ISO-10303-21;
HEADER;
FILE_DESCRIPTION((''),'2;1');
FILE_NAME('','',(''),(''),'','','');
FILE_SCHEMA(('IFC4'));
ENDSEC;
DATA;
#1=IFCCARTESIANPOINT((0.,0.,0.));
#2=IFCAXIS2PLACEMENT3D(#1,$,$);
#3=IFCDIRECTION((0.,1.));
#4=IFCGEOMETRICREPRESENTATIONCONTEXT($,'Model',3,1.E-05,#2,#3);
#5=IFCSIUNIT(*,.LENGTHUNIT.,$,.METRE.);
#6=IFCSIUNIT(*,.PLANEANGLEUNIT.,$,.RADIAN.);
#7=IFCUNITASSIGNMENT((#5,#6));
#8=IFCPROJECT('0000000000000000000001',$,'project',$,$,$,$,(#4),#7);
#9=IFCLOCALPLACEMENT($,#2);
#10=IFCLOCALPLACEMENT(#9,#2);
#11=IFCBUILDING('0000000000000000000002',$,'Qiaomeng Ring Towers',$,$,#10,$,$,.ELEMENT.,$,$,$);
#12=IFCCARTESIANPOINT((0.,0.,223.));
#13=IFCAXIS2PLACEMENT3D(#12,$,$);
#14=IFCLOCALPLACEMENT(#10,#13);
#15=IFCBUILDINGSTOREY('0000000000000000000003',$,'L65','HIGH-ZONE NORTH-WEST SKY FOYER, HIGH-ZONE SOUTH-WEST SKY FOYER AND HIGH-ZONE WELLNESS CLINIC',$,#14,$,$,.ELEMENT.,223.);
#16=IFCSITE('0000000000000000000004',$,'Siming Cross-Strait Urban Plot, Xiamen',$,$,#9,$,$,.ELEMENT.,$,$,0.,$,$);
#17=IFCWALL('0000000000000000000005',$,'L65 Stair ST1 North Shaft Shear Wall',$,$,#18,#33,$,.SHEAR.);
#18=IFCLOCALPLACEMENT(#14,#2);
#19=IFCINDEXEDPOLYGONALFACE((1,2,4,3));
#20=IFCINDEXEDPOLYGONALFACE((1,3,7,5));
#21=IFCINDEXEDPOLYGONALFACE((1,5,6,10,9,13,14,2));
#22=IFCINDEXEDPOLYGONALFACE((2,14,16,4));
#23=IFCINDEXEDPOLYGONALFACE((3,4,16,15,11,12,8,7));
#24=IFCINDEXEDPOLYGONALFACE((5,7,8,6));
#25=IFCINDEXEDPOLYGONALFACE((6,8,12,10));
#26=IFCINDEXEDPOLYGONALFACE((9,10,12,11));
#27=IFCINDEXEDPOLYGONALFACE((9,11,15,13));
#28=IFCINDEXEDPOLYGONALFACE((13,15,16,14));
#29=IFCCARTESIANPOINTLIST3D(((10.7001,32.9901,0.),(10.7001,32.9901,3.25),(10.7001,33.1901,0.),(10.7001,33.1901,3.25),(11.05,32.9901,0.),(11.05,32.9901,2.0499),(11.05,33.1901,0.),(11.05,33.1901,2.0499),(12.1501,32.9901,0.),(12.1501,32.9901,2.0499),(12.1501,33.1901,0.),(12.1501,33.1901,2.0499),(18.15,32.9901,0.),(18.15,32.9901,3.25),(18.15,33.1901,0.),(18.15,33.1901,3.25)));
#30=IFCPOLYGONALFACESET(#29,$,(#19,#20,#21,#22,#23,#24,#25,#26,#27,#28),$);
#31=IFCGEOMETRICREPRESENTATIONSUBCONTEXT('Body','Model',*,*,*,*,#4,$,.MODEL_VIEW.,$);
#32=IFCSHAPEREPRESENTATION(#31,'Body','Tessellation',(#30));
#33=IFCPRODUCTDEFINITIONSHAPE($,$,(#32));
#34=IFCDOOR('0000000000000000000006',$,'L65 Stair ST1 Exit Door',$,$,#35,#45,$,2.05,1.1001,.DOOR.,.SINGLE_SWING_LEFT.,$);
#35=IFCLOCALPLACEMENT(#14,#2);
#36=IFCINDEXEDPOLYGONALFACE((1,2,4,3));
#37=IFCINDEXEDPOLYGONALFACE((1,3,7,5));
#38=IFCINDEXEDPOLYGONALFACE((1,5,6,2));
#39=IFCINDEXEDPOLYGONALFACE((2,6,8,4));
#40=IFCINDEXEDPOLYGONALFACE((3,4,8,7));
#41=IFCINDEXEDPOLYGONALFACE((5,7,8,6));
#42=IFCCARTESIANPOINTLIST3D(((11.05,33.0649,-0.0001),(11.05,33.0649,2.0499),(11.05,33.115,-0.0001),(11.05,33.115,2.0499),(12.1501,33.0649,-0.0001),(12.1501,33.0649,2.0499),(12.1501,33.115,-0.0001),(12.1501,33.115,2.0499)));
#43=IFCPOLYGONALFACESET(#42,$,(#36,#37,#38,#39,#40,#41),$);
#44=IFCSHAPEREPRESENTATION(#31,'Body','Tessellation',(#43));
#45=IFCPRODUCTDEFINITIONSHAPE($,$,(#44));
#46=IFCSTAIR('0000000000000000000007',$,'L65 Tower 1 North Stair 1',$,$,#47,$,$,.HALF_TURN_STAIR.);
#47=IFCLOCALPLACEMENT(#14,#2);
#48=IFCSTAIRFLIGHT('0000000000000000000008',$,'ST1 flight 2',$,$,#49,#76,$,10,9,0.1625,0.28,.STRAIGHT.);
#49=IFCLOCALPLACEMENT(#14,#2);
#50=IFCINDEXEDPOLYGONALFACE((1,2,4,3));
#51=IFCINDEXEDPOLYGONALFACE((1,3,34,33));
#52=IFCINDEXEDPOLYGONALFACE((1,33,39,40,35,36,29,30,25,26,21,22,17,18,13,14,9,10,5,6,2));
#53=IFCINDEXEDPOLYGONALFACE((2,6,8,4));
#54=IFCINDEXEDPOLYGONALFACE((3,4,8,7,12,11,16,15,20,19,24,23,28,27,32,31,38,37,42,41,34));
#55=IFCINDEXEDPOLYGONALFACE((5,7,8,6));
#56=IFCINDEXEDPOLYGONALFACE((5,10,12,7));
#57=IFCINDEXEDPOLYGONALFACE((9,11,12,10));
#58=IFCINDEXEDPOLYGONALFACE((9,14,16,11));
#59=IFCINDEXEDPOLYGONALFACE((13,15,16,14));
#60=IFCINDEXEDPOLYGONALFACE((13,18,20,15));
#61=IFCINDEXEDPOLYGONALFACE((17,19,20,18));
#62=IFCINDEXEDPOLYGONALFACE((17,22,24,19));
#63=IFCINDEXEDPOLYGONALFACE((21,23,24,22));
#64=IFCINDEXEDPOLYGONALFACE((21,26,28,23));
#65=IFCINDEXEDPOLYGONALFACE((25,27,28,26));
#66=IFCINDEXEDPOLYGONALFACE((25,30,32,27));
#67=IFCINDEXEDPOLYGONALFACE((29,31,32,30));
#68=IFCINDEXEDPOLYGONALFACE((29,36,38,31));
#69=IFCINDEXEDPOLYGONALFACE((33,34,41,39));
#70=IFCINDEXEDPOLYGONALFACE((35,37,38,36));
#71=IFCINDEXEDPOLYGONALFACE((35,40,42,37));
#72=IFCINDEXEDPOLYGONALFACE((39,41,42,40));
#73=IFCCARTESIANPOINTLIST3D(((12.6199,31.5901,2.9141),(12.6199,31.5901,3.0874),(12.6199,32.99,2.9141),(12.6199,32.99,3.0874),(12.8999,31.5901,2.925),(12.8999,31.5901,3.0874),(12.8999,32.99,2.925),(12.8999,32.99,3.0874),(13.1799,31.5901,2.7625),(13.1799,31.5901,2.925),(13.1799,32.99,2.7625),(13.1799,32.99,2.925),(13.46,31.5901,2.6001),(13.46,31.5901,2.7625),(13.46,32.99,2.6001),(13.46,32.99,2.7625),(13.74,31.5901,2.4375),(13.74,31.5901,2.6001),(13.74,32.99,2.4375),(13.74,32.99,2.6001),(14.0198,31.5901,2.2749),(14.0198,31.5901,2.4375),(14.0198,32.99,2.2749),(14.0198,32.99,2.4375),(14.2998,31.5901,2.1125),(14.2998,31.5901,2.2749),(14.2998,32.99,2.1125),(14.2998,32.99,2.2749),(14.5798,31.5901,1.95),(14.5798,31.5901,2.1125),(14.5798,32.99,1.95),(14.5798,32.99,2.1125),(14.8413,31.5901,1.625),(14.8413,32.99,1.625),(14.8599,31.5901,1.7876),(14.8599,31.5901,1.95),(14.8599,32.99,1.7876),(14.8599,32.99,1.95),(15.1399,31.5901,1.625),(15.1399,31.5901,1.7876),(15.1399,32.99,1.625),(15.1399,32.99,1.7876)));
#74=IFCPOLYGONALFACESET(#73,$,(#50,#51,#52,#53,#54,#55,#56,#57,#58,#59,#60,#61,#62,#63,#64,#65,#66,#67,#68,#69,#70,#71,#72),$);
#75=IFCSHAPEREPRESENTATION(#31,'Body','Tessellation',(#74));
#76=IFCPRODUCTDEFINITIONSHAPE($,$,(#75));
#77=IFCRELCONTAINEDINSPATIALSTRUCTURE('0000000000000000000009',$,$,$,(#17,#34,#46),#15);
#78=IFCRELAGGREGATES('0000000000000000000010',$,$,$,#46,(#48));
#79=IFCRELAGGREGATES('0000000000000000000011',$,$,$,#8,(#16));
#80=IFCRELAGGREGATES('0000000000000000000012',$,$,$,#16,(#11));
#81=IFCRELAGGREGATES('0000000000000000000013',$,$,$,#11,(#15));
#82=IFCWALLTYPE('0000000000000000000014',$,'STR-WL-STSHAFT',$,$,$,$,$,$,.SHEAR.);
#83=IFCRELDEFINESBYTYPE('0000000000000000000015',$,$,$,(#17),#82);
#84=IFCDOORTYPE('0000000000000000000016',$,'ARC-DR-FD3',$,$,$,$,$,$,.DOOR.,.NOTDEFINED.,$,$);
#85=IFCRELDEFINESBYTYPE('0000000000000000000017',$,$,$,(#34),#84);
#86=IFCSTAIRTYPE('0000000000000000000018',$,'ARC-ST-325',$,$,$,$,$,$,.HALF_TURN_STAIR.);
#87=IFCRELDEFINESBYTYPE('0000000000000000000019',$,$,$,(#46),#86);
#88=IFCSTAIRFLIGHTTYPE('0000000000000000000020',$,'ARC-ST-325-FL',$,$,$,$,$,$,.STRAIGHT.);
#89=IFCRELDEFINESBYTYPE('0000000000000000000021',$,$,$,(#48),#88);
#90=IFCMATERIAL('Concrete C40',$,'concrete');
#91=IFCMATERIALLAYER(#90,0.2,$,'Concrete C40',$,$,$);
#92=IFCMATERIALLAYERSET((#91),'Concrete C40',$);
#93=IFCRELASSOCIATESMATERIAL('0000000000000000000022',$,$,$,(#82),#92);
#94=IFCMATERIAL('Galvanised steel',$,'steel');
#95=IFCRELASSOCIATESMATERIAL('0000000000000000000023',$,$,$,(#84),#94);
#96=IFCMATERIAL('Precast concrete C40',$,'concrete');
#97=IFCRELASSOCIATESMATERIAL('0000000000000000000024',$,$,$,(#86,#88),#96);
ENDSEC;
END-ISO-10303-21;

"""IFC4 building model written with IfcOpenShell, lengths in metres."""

from ifc_helpers import new_model, si_unit, direction, frame, frame_2d, origin, place, context, subcontext, project, spatial, polyline, rectangle, outline, extrude, source, transform, mapped, material, layer, layer_set, type_object, element, fill, aggregate, save


model = new_model("IFC4")

# Units and contexts
model_context = context("Model", 3, precision=1e-05, world=origin(), true_north=direction((0.0, 1.0)))
body_context = subcontext(model_context, "Body", "Model", "MODEL_VIEW")
ifc_project = project(units=[si_unit("LENGTHUNIT", "METRE"), si_unit("PLANEANGLEUNIT", "RADIAN")], contexts=[model_context])

# Site, building, storey
site_placement = place(None, origin())
site = spatial("IfcSite", under=ifc_project, at=site_placement, Name="Siming Cross-Strait Urban Plot, Xiamen", CompositionType="ELEMENT", RefElevation=0.0)
building_placement = place(site_placement, origin())
building = spatial("IfcBuilding", under=site, at=building_placement, Name="Qiaomeng Ring Towers", CompositionType="ELEMENT")
storey_placement = place(building_placement, frame((0.0, 0.0, 223.0)))
storey = spatial("IfcBuildingStorey", under=building, at=storey_placement, Name="L65", Description="HIGH-ZONE NORTH-WEST SKY FOYER, HIGH-ZONE SOUTH-WEST SKY FOYER AND HIGH-ZONE WELLNESS CLINIC", CompositionType="ELEMENT", Elevation=223.0)

# Shared definitions
ifc_material_1 = material(Name="Concrete C40", Category="concrete")
ifc_layer_1 = layer(ifc_material_1, 0.2, Name="Concrete C40")
ifc_layer_set_1 = layer_set([ifc_layer_1], Name="Concrete C40")
wall_type_1 = type_object("IfcWallType", Name="STR-WL-STSHAFT", PredefinedType="SHEAR", material=ifc_layer_set_1)

# Wall, opening, door
wall_1_placement = place(storey_placement, frame((10.7, 33.0901, 0.0), z_axis=(0.0, 0.0, 1.0), x_axis=(1.0, 0.0, 0.0)))
wall_1 = element("IfcWall", 1, at=wall_1_placement, inside=storey, type_object=wall_type_1, Name="L65 Stair ST1 North Shaft Shear Wall", PredefinedType="SHEAR", context=body_context, shape_type="SweptSolid", body=[
    extrude(rectangle(XDim=7.45, YDim=0.2, at=frame_2d((3.7251, 0.0))), origin(), (0.0, 0.0, 1.0), 3.25),
])
opening_placement = place(wall_1_placement, frame((0.3501, 0.0, 0.0)))
opening = element("IfcOpeningElement", 2, at=opening_placement, cuts=wall_1, PredefinedType="OPENING", context=body_context, shape_type="SweptSolid", body=[
    extrude(rectangle(XDim=1.1001, YDim=2.05, at=frame_2d((0.55, 1.0249))), frame((0.0, 0.1099, 0.0), z_axis=(0.0, -1.0, 0.0), x_axis=(1.0, 0.0, 0.0)), (0.0, 0.0, 1.0), 0.22),
])
ifc_material_2 = material(Name="Galvanised steel", Category="steel")
door_type = type_object("IfcDoorType", Name="ARC-DR-FD3", OperationType="NOTDEFINED", PredefinedType="DOOR", material=ifc_material_2)
shared_shape_1 = source(origin(), body_context, "Body", "SweptSolid", [
    extrude(rectangle(XDim=1.1001, YDim=2.05, at=frame_2d((0.55, 1.0249))), frame((0.0, 0.0249, 0.0), z_axis=(0.0, -1.0, 0.0), x_axis=(1.0, 0.0, 0.0)), (0.0, 0.0, 1.0), 0.05),
])
door_placement = place(opening_placement, origin())
door = element("IfcDoor", 3, at=door_placement, inside=storey, type_object=door_type, Name="L65 Stair ST1 Exit Door", OperationType="SINGLE_SWING_LEFT", OverallHeight=2.05, OverallWidth=1.1001, PredefinedType="DOOR", context=body_context, shape_type="MappedRepresentation", body=[
    mapped(shared_shape_1, transform((0.0, 0.0, 0.0), x_axis=(1.0, 0.0, 0.0), y_axis=(0.0, 1.0, 0.0), z_axis=(0.0, 0.0, 1.0), scale=1.0)),
])
fill(opening, door)

# Stair, stair flight
ifc_material_3 = material(Name="Precast concrete C40", Category="concrete")
stair_type = type_object("IfcStairType", Name="ARC-ST-325", PredefinedType="HALF_TURN_STAIR", material=ifc_material_3)
stair_placement = place(storey_placement, origin())
stair = element("IfcStair", 4, at=stair_placement, inside=storey, type_object=stair_type, Name="L65 Tower 1 North Stair 1", PredefinedType="HALF_TURN_STAIR")
stair_flight_type = type_object("IfcStairFlightType", Name="ARC-ST-325-FL", PredefinedType="STRAIGHT", material=ifc_material_3)
shared_shape_2 = source(origin(), body_context, "Body", "SweptSolid", [
    extrude(outline(polyline([(0.0, 0.0), (0.0, 0.1626), (0.28, 0.1626), (0.28, 0.325), (0.5601, 0.325), (0.5601, 0.4875), (0.8401, 0.4875), (0.8401, 0.6499), (1.1201, 0.6499), (1.1201, 0.8125), (1.3999, 0.8125), (1.3999, 0.9751), (1.6799, 0.9751), (1.6799, 1.1375), (1.96, 1.1375), (1.96, 1.3), (2.24, 1.3), (2.24, 1.4624), (2.52, 1.4624), (2.52, 1.625), (2.52, 1.2891), (0.2986, 0.0), (0.0, 0.0)])), frame((0.0, 0.7, 0.0), z_axis=(0.0, -1.0, 0.0), x_axis=(1.0, 0.0, 0.0)), (0.0, 0.0, 1.0), 1.3999),
])
stair_flight_placement = place(storey_placement, frame((15.1399, 32.29, 1.625), z_axis=(0.0, 0.0, 1.0), x_axis=(-1.0, 0.0, 0.0)))
stair_flight = element("IfcStairFlight", 5, at=stair_flight_placement, type_object=stair_flight_type, Name="ST1 flight 2", NumberOfRisers=10, NumberOfTreads=9, PredefinedType="STRAIGHT", RiserHeight=0.1625, TreadLength=0.28, context=body_context, shape_type="MappedRepresentation", body=[
    mapped(shared_shape_2, transform((0.0, 0.0, 0.0), x_axis=(1.0, 0.0, 0.0), y_axis=(0.0, 1.0, 0.0), z_axis=(0.0, 0.0, 1.0), scale=1.0)),
])
aggregate(stair, [stair_flight])

save(model, "model.ifc")
